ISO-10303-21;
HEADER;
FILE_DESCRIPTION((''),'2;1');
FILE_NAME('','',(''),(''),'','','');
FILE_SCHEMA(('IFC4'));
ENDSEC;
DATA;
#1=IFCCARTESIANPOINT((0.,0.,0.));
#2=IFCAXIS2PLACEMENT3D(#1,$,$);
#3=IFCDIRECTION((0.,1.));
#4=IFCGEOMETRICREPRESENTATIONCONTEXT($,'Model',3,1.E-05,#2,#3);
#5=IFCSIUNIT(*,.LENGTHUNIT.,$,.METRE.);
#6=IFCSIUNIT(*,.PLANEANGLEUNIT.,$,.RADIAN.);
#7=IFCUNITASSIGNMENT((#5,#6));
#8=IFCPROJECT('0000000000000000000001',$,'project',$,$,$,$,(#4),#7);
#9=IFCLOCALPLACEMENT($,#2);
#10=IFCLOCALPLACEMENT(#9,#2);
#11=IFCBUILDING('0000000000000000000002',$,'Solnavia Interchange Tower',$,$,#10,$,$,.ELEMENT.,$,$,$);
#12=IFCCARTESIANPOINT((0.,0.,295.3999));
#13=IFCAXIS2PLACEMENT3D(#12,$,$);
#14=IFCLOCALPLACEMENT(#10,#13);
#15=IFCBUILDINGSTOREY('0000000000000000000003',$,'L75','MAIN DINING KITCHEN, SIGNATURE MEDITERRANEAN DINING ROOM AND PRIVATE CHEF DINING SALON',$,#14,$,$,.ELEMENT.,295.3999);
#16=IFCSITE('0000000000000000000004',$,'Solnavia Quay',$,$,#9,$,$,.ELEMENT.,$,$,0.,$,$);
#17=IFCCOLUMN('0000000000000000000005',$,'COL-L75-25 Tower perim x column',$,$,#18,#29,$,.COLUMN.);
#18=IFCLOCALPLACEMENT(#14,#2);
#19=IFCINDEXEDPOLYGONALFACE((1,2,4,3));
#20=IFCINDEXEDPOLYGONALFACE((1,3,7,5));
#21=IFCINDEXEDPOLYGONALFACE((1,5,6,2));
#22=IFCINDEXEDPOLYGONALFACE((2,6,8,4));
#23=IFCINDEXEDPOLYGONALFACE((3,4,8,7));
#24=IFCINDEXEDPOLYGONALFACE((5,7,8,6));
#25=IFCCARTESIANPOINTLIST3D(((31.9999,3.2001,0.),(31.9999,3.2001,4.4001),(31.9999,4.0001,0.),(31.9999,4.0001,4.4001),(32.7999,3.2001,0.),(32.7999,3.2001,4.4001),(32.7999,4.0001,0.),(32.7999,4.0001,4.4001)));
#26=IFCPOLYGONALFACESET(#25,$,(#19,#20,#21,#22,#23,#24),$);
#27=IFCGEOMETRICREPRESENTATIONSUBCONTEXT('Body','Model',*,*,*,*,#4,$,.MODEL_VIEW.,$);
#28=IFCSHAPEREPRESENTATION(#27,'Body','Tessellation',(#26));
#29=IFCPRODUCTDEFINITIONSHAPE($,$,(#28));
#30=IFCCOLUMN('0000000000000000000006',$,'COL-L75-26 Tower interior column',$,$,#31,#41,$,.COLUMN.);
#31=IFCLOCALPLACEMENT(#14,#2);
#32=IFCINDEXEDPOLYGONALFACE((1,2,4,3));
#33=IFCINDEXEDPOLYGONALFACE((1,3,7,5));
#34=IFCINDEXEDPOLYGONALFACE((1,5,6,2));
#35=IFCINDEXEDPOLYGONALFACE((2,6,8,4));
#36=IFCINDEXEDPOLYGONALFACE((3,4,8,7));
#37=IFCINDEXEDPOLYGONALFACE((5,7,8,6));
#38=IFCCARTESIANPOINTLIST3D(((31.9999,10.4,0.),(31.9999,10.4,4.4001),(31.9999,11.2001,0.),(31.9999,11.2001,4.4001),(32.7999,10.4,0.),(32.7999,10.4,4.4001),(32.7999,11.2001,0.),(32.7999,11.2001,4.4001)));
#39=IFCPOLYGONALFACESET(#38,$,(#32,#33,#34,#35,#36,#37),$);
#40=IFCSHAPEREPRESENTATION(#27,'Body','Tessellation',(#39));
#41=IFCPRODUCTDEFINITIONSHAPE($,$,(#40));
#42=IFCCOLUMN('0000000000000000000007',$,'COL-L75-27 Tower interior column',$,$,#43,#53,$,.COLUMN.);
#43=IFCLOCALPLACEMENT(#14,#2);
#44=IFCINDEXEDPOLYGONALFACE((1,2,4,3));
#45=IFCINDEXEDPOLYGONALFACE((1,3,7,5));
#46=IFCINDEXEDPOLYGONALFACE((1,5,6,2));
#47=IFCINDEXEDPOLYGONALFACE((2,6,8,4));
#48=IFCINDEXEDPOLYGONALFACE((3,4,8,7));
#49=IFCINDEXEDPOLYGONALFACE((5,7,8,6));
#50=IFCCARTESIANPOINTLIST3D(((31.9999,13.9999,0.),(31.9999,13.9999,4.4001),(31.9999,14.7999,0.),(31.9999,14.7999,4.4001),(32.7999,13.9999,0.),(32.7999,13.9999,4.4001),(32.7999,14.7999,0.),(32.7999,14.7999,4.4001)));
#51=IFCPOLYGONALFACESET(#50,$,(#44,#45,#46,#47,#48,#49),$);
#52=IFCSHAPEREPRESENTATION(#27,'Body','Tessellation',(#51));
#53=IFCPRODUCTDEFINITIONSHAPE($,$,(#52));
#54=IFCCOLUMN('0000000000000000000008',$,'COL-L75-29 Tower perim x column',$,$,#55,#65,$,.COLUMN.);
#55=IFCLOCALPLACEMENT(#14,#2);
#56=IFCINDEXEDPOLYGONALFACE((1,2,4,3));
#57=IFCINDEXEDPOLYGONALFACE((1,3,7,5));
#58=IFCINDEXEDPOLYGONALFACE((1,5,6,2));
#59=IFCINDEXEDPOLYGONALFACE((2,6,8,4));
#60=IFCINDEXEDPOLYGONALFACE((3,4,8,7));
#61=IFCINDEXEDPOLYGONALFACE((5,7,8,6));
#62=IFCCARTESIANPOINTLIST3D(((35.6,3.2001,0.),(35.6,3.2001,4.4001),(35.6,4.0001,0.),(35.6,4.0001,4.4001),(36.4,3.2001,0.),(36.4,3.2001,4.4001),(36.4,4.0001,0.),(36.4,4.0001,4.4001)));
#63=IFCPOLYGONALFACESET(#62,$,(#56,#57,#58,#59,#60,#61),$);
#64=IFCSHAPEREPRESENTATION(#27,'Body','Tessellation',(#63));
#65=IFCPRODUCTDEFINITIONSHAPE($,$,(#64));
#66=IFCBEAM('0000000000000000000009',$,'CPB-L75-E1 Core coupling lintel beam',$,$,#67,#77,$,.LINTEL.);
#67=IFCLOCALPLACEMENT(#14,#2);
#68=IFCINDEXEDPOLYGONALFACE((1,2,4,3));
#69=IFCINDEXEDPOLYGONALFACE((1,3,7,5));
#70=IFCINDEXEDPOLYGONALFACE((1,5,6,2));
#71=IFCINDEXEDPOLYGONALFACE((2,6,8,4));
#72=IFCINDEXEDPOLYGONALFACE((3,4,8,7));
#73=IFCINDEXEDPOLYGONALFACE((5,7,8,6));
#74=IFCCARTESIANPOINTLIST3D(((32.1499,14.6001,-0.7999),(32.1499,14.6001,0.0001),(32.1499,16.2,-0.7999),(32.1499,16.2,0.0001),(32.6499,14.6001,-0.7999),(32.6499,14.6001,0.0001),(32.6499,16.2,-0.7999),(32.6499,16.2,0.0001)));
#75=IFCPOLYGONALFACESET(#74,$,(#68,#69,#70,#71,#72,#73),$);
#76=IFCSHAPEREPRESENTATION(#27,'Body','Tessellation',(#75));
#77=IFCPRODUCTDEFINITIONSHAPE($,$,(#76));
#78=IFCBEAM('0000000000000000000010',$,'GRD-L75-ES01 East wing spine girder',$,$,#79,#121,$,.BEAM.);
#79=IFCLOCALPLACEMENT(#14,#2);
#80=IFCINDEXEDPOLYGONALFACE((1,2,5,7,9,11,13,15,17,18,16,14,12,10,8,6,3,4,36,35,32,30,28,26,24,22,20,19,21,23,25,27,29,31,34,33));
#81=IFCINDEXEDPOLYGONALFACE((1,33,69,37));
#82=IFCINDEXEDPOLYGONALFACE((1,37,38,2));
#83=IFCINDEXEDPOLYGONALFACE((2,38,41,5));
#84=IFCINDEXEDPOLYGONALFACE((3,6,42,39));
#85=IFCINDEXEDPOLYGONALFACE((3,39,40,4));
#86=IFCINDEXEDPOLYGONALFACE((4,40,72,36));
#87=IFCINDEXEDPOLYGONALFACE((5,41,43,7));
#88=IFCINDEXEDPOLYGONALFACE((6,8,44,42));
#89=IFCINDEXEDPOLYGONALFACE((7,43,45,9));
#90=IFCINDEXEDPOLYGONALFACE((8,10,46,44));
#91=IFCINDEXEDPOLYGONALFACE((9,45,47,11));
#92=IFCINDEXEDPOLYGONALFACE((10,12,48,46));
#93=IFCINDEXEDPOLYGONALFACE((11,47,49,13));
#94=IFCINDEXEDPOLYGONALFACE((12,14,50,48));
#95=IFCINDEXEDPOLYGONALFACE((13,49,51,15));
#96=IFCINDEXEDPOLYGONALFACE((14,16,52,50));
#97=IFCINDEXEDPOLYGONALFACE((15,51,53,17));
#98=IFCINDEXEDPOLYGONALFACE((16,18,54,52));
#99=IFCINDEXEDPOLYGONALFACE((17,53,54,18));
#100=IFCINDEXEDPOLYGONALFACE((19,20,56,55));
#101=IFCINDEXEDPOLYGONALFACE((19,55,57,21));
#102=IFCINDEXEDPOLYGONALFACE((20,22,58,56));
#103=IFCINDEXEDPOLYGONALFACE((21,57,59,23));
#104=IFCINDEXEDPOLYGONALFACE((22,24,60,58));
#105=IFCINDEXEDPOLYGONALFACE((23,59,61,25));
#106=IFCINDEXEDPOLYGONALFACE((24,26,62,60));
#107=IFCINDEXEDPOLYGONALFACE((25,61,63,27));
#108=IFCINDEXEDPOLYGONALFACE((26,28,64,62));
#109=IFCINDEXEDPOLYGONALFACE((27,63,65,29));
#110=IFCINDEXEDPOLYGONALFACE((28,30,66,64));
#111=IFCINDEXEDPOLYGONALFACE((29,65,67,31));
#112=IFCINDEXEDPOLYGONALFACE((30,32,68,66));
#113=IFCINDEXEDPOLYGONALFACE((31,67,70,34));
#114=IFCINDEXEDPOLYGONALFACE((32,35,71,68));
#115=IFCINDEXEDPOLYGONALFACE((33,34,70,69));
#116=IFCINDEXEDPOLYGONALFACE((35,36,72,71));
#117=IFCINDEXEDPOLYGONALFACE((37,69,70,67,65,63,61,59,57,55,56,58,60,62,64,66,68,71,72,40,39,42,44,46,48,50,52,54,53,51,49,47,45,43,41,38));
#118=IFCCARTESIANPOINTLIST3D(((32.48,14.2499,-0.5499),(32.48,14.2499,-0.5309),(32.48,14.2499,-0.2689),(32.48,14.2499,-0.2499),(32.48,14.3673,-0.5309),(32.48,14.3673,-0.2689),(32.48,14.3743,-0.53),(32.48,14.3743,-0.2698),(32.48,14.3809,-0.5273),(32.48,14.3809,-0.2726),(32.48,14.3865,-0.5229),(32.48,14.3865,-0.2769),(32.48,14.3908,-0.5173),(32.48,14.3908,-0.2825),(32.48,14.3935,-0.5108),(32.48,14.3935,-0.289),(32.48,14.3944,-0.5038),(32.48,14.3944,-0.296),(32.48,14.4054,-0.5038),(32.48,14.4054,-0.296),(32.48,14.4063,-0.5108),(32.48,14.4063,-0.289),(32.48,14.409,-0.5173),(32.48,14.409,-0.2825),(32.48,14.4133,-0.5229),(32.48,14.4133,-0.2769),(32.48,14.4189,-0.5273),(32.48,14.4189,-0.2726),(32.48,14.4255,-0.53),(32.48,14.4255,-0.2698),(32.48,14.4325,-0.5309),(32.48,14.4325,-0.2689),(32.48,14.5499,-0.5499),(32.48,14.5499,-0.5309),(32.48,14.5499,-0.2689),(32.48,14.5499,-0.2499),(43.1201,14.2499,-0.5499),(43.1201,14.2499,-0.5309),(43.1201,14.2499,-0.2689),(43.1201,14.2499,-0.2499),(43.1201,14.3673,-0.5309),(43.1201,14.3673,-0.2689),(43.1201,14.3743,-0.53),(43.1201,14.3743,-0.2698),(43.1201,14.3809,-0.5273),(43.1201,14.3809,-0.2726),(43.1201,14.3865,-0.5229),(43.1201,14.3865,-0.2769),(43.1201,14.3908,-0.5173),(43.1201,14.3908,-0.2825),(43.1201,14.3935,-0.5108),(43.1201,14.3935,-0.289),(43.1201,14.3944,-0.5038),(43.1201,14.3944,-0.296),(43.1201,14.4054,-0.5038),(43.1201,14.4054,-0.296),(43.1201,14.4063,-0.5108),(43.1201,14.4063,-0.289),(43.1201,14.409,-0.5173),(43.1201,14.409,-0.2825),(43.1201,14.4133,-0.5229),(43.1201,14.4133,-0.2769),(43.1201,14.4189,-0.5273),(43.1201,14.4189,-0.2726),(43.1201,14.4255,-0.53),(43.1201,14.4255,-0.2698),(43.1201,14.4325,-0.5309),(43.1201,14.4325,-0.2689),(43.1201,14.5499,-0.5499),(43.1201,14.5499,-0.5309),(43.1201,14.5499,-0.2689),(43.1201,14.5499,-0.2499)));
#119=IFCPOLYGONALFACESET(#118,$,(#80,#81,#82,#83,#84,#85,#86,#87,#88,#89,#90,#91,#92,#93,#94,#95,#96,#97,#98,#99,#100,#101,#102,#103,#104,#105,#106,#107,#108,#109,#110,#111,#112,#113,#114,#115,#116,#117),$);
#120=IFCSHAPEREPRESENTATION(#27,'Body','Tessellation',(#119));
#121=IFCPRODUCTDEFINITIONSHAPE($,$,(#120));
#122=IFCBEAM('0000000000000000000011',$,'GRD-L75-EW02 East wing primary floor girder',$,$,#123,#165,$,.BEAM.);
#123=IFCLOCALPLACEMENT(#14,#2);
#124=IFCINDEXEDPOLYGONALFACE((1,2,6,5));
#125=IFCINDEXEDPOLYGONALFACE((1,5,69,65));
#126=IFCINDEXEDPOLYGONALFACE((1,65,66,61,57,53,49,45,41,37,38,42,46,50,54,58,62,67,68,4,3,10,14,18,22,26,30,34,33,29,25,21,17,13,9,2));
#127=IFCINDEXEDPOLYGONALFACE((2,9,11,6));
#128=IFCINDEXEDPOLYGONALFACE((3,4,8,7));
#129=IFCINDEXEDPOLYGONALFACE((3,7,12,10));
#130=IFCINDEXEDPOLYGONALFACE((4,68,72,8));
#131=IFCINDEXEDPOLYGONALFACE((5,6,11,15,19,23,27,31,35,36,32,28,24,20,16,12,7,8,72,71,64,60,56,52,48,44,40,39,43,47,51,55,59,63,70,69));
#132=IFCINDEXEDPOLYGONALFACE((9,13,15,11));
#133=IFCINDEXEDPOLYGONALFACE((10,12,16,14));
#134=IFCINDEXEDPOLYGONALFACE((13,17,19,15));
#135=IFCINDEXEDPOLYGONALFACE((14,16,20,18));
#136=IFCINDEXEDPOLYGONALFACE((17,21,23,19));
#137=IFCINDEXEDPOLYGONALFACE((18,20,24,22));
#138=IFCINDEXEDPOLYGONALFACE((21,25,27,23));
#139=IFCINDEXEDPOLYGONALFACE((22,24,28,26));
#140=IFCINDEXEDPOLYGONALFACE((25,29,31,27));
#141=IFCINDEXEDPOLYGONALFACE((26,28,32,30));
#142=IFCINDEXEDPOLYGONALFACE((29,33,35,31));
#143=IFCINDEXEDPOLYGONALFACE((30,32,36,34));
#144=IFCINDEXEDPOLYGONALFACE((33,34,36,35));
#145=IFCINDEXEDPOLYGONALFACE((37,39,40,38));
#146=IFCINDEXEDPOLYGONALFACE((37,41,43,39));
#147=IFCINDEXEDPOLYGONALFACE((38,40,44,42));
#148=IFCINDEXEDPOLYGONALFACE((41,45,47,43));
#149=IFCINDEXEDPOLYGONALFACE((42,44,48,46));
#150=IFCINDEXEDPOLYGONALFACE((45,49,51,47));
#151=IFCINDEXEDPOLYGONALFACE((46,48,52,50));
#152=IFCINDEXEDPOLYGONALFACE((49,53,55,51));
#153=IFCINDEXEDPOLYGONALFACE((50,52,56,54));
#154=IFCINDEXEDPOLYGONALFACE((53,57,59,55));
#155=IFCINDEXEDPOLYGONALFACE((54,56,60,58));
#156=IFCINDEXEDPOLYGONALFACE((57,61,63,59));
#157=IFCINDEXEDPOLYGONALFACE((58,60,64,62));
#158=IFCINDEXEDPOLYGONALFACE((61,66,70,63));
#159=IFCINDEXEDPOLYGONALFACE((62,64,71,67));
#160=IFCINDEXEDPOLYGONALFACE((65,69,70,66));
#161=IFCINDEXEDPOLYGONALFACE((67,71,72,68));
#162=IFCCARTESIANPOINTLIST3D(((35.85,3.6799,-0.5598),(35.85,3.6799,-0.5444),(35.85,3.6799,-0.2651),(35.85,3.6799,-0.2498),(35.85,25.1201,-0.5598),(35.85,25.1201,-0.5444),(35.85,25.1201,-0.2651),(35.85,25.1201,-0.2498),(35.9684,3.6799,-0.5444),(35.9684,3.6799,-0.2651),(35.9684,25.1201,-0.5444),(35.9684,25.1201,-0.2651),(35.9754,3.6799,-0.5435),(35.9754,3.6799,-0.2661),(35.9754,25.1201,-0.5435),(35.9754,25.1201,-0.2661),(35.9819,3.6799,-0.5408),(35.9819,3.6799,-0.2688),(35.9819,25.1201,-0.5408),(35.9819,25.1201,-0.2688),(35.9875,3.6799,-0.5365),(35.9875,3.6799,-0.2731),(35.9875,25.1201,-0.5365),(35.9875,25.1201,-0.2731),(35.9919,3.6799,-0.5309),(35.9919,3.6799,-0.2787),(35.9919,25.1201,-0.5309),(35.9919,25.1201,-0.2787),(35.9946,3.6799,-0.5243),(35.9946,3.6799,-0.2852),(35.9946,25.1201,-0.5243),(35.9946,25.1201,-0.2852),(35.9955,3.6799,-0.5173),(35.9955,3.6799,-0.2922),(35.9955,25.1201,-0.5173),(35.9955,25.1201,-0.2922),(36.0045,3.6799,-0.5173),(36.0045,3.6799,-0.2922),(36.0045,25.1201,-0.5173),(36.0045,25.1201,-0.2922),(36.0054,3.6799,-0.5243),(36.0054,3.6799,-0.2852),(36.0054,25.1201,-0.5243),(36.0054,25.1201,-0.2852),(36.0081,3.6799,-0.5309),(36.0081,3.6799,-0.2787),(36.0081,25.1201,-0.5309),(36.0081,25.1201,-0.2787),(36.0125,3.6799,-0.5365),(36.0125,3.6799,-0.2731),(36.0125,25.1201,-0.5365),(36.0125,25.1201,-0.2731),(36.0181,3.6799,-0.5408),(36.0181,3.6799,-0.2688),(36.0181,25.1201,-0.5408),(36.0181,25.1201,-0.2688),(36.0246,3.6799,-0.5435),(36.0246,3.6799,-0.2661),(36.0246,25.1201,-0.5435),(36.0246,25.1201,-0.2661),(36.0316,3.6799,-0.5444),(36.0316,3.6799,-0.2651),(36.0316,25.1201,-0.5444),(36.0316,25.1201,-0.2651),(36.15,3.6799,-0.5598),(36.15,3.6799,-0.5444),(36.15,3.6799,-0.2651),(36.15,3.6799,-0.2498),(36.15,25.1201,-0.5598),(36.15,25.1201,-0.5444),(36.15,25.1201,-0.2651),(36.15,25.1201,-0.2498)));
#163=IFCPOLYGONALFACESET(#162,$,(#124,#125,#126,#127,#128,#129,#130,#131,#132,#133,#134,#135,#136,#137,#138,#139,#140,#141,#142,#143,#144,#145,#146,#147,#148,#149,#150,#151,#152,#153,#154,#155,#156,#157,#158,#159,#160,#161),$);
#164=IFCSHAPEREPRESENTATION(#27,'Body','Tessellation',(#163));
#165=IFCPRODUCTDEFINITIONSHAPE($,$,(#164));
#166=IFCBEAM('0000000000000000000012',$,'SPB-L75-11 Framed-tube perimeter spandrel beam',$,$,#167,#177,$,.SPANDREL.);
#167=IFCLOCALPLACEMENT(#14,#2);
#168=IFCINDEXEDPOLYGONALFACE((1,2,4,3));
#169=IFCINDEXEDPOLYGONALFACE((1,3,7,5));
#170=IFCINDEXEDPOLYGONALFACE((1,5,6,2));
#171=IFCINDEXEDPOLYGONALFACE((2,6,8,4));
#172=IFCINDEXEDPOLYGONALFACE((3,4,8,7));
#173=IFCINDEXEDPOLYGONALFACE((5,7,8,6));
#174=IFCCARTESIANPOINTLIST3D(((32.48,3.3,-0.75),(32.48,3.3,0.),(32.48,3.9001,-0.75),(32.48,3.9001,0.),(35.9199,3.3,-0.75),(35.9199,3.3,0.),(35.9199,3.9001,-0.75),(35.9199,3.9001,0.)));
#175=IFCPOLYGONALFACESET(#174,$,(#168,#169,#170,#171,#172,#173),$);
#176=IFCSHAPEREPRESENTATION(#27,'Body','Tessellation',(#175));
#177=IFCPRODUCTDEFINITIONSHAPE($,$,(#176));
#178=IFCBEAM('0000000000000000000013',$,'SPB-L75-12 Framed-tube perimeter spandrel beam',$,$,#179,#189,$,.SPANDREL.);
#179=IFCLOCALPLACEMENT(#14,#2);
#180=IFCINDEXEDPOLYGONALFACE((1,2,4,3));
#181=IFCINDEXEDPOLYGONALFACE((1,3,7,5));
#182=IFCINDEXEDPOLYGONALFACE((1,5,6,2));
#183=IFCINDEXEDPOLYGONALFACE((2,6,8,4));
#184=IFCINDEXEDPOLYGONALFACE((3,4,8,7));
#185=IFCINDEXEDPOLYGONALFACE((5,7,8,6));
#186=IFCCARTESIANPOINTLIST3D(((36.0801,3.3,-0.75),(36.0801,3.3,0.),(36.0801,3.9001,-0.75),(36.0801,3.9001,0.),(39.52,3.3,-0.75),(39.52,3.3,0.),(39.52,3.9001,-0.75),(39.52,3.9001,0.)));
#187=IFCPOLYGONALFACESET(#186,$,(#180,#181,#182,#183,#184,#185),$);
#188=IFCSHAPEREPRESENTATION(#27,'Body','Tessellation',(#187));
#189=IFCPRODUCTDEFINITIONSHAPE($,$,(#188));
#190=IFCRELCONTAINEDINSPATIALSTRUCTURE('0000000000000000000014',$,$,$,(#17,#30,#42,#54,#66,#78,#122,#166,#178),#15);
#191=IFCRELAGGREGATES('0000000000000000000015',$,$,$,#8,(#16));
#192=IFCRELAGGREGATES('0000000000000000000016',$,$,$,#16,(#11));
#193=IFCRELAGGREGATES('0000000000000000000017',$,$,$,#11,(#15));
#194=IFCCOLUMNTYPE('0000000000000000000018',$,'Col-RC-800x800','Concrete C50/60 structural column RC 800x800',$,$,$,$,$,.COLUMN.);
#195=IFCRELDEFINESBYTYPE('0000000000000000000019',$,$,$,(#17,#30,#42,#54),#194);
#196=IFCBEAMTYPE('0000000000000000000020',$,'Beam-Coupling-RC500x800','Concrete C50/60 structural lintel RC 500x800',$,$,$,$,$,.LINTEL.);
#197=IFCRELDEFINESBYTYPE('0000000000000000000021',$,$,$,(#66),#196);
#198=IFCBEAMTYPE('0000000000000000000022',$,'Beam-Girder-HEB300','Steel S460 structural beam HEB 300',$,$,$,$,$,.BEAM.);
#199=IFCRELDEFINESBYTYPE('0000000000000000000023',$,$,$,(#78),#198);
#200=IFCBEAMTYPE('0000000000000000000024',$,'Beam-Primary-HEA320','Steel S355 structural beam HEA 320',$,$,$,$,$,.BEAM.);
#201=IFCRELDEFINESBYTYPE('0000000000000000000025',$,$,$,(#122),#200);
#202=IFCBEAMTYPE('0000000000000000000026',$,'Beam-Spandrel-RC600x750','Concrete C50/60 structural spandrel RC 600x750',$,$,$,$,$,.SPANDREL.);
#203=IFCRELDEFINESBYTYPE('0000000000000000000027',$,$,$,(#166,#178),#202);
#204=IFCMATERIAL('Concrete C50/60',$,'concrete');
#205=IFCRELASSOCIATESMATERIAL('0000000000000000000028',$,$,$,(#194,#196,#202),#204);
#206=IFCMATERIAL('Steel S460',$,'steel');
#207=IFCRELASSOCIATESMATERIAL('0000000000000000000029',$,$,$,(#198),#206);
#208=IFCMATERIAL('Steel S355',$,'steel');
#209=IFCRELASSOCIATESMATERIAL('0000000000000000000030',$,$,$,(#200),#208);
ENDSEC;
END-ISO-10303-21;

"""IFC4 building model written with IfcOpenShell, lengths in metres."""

from ifc_helpers import new_model, si_unit, direction, frame, origin, origin_2d, place, context, subcontext, project, spatial, rectangle, i_section, extrude, material, material_profile, profile_set, type_object, element, save


model = new_model("IFC4")

# Units and contexts
model_context = context("Model", 3, precision=1e-05, world=origin(), true_north=direction((0.0, 1.0)))
body_context = subcontext(model_context, "Body", "Model", "MODEL_VIEW")
ifc_project = project(units=[si_unit("LENGTHUNIT", "METRE"), si_unit("PLANEANGLEUNIT", "RADIAN")], contexts=[model_context])

# Site, building, storey
site_placement = place(None, origin())
site = spatial("IfcSite", under=ifc_project, at=site_placement, Name="Solnavia Quay", CompositionType="ELEMENT", RefElevation=0.0)
building_placement = place(site_placement, origin())
building = spatial("IfcBuilding", under=site, at=building_placement, Name="Solnavia Interchange Tower", CompositionType="ELEMENT")
storey_placement = place(building_placement, frame((0.0, 0.0, 295.3999)))
storey = spatial("IfcBuildingStorey", under=building, at=storey_placement, Name="L75", Description="MAIN DINING KITCHEN, SIGNATURE MEDITERRANEAN DINING ROOM AND PRIVATE CHEF DINING SALON", CompositionType="ELEMENT", Elevation=295.3999)

# Columns
ifc_material_1 = material(Name="Concrete C50/60", Category="concrete")
ifc_material_profile_1 = material_profile(ifc_material_1, rectangle(XDim=0.8, YDim=0.8, at=origin_2d()), Name="RC 800x800")
ifc_profile_set_1 = profile_set([ifc_material_profile_1], Name="Concrete C50/60")
column_type = type_object("IfcColumnType", Name="Col-RC-800x800", Description="Concrete C50/60 structural column RC 800x800", PredefinedType="COLUMN", material=ifc_profile_set_1)
for number, where, z_axis, x_axis, name in (
    (1, (32.3999, 3.6001, 0.0), (0.0, 0.0, 1.0), (1.0, 0.0, 0.0), "COL-L75-25 Tower perim x column"),
    (2, (32.3999, 10.8, 0.0), (0.0, 0.0, 1.0), (1.0, 0.0, 0.0), "COL-L75-26 Tower interior column"),
    (3, (32.3999, 14.3999, 0.0), (0.0, 0.0, 1.0), (1.0, 0.0, 0.0), "COL-L75-27 Tower interior column"),
    (4, (36.0, 3.6001, 0.0), (0.0, 0.0, 1.0), (1.0, 0.0, 0.0), "COL-L75-29 Tower perim x column"),
):
    element("IfcColumn", number, at=place(storey_placement, frame(where, z_axis=z_axis, x_axis=x_axis)), inside=storey, type_object=column_type, Name=name, PredefinedType="COLUMN", context=body_context, shape_type="SweptSolid", body=[
        extrude(rectangle(XDim=0.8, YDim=0.8, at=origin_2d()), origin(), (0.0, 0.0, 1.0), 4.4001),
    ])

# Beams
ifc_material_profile_2 = material_profile(ifc_material_1, rectangle(XDim=0.5, YDim=0.8, at=origin_2d()), Name="RC 500x800")
ifc_profile_set_2 = profile_set([ifc_material_profile_2], Name="Concrete C50/60")
beam_type_1 = type_object("IfcBeamType", Name="Beam-Coupling-RC500x800", Description="Concrete C50/60 structural lintel RC 500x800", PredefinedType="LINTEL", material=ifc_profile_set_2)
beam_1_placement = place(storey_placement, frame((32.3999, 14.6001, -0.3999), z_axis=(0.0, 1.0, 0.0), x_axis=(-1.0, 0.0, 0.0)))
element("IfcBeam", 5, at=beam_1_placement, inside=storey, type_object=beam_type_1, Name="CPB-L75-E1 Core coupling lintel beam", PredefinedType="LINTEL", context=body_context, shape_type="SweptSolid", body=[
    extrude(rectangle(XDim=0.5, YDim=0.8, at=origin_2d()), origin(), (0.0, 0.0, 1.0), 1.5999),
])
ifc_material_2 = material(Name="Steel S460", Category="steel")
ifc_material_profile_3 = material_profile(ifc_material_2, i_section(OverallWidth=0.3, OverallDepth=0.3, WebThickness=0.011, FlangeThickness=0.019, FilletRadius=0.0271, at=origin_2d()), Name="HEB 300")
ifc_profile_set_3 = profile_set([ifc_material_profile_3], Name="Steel S460")
beam_type_2 = type_object("IfcBeamType", Name="Beam-Girder-HEB300", Description="Steel S460 structural beam HEB 300", PredefinedType="BEAM", material=ifc_profile_set_3)
beam_2_placement = place(storey_placement, frame((32.48, 14.3999, -0.3999), z_axis=(1.0, 0.0, 0.0), x_axis=(0.0, 1.0, 0.0)))
element("IfcBeam", 6, at=beam_2_placement, inside=storey, type_object=beam_type_2, Name="GRD-L75-ES01 East wing spine girder", PredefinedType="BEAM", context=body_context, shape_type="SweptSolid", body=[
    extrude(i_section(OverallWidth=0.3, OverallDepth=0.3, WebThickness=0.011, FlangeThickness=0.019, FilletRadius=0.0271, at=origin_2d()), origin(), (0.0, 0.0, 1.0), 10.6401),
])
ifc_material_3 = material(Name="Steel S355", Category="steel")
ifc_material_profile_4 = material_profile(ifc_material_3, i_section(OverallWidth=0.3, OverallDepth=0.3101, WebThickness=0.009, FlangeThickness=0.0154, FilletRadius=0.0271, at=origin_2d()), Name="HEA 320")
ifc_profile_set_4 = profile_set([ifc_material_profile_4], Name="Steel S355")
beam_type_3 = type_object("IfcBeamType", Name="Beam-Primary-HEA320", Description="Steel S355 structural beam HEA 320", PredefinedType="BEAM", material=ifc_profile_set_4)
beam_3_placement = place(storey_placement, frame((36.0, 3.6799, -0.4048), z_axis=(0.0, 1.0, 0.0), x_axis=(-1.0, 0.0, 0.0)))
element("IfcBeam", 7, at=beam_3_placement, inside=storey, type_object=beam_type_3, Name="GRD-L75-EW02 East wing primary floor girder", PredefinedType="BEAM", context=body_context, shape_type="SweptSolid", body=[
    extrude(i_section(OverallWidth=0.3, OverallDepth=0.3101, WebThickness=0.009, FlangeThickness=0.0154, FilletRadius=0.0271, at=origin_2d()), origin(), (0.0, 0.0, 1.0), 21.4402),
])
ifc_material_profile_5 = material_profile(ifc_material_1, rectangle(XDim=0.6001, YDim=0.75, at=origin_2d()), Name="RC 600x750")
ifc_profile_set_5 = profile_set([ifc_material_profile_5], Name="Concrete C50/60")
beam_type_4 = type_object("IfcBeamType", Name="Beam-Spandrel-RC600x750", Description="Concrete C50/60 structural spandrel RC 600x750", PredefinedType="SPANDREL", material=ifc_profile_set_5)
for number, where, z_axis, x_axis, name in (
    (8, (32.48, 3.6001, -0.375), (1.0, 0.0, 0.0), (0.0, 1.0, 0.0), "SPB-L75-11 Framed-tube perimeter spandrel beam"),
    (9, (36.0801, 3.6001, -0.375), (1.0, 0.0, 0.0), (0.0, 1.0, 0.0), "SPB-L75-12 Framed-tube perimeter spandrel beam"),
):
    element("IfcBeam", number, at=place(storey_placement, frame(where, z_axis=z_axis, x_axis=x_axis)), inside=storey, type_object=beam_type_4, Name=name, PredefinedType="SPANDREL", context=body_context, shape_type="SweptSolid", body=[
        extrude(rectangle(XDim=0.6001, YDim=0.75, at=origin_2d()), origin(), (0.0, 0.0, 1.0), 3.4399),
    ])

save(model, "model.ifc")
